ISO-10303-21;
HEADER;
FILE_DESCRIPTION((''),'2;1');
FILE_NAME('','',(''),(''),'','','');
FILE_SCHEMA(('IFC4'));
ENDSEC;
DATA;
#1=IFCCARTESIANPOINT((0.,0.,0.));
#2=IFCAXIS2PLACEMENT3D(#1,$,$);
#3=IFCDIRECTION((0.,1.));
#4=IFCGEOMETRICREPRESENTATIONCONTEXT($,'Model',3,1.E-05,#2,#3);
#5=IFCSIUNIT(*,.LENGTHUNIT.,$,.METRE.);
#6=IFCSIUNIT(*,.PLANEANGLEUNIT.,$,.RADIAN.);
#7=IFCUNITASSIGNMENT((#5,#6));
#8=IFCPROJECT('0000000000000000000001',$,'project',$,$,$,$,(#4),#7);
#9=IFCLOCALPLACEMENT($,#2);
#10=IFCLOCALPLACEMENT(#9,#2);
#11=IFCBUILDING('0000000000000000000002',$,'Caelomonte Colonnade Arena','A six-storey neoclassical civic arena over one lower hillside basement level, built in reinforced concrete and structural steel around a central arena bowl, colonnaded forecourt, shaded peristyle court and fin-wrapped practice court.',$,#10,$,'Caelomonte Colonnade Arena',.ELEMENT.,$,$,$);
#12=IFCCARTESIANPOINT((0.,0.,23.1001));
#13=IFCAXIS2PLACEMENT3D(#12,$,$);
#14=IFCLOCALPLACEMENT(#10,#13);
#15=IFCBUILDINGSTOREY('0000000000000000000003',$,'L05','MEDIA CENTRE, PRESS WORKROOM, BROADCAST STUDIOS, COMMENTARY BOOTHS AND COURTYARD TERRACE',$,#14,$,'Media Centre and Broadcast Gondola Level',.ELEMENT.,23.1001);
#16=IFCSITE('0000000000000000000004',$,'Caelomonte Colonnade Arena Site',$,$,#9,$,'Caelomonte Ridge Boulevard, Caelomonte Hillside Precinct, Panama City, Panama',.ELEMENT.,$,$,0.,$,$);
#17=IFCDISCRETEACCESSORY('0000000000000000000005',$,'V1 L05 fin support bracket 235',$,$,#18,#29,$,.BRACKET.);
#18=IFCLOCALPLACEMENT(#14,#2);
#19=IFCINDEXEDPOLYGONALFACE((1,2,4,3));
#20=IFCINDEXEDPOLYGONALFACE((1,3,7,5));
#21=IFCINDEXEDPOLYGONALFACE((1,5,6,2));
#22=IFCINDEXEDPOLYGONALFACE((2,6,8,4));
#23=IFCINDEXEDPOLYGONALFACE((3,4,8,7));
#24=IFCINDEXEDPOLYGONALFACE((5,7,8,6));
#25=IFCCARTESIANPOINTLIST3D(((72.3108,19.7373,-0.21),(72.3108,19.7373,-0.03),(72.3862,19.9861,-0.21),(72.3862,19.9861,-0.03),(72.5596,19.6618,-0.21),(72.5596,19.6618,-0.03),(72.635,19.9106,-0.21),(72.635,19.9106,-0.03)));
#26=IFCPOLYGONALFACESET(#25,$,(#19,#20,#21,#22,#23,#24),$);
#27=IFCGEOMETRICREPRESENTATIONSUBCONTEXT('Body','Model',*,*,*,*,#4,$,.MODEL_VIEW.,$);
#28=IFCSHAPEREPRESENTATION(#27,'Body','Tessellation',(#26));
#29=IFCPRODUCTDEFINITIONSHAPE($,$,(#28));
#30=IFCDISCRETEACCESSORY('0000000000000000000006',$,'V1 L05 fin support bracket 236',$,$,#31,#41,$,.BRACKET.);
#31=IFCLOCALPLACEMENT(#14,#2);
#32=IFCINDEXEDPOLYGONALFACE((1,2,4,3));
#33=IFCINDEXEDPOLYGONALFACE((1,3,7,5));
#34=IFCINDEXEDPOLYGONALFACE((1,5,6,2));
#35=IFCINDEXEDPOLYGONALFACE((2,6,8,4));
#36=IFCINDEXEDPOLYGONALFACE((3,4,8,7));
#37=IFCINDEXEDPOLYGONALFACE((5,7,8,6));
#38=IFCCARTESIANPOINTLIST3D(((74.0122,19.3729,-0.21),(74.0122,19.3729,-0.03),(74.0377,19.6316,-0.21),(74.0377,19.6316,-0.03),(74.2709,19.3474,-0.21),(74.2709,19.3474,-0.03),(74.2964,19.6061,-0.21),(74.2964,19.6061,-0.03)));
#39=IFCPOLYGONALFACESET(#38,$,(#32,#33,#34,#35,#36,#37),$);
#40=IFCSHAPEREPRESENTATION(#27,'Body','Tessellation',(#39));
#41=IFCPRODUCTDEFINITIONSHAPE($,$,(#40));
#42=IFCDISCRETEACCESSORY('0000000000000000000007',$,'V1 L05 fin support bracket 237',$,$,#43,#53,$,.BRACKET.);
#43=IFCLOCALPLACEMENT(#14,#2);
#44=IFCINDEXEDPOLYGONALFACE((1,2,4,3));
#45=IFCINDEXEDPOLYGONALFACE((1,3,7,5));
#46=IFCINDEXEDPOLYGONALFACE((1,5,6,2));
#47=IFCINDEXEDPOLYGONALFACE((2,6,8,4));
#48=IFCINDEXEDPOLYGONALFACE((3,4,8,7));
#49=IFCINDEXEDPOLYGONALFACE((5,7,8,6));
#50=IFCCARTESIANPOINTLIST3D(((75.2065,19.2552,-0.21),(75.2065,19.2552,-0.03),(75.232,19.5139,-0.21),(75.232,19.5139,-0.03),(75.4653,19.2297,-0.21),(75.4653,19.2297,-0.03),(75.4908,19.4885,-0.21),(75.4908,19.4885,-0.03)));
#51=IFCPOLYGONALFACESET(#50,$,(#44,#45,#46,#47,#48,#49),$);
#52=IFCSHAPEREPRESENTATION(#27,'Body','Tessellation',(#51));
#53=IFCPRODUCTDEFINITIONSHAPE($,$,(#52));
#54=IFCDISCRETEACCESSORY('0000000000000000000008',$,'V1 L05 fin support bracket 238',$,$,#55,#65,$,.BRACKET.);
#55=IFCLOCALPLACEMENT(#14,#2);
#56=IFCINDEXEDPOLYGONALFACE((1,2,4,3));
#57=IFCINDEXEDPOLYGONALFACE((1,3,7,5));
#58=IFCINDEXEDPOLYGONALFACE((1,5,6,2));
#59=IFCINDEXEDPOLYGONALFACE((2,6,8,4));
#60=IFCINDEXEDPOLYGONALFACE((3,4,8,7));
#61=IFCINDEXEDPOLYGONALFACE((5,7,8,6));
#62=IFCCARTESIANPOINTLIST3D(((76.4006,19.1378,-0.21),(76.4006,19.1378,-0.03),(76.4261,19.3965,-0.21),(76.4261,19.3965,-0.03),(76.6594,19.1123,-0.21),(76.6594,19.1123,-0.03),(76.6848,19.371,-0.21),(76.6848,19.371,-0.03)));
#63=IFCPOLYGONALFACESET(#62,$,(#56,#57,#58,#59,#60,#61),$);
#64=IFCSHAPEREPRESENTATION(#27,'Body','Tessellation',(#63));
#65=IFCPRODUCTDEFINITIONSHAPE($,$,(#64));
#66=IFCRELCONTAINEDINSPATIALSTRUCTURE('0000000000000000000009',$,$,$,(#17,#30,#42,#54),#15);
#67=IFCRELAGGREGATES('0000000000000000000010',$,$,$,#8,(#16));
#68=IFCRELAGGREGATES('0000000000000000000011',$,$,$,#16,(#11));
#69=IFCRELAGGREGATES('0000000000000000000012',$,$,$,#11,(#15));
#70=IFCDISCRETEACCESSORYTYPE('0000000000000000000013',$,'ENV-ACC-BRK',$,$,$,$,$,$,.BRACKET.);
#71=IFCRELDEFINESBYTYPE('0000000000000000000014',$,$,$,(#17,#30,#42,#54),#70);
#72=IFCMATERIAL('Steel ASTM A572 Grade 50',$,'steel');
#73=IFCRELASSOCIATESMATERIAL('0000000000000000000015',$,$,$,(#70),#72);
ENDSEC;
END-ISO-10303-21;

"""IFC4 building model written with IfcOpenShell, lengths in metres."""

from ifc_helpers import new_model, si_unit, direction, frame, origin, origin_2d, place, context, subcontext, project, spatial, rectangle, extrude, material, type_object, element, save


model = new_model("IFC4")

# Units and contexts
model_context = context("Model", 3, precision=1e-05, world=origin(), true_north=direction((0.0, 1.0)))
body_context = subcontext(model_context, "Body", "Model", "MODEL_VIEW")
ifc_project = project(units=[si_unit("LENGTHUNIT", "METRE"), si_unit("PLANEANGLEUNIT", "RADIAN")], contexts=[model_context])

# Site, building, storey
site_placement = place(None, origin())
site = spatial("IfcSite", under=ifc_project, at=site_placement, Name="Caelomonte Colonnade Arena Site", LongName="Caelomonte Ridge Boulevard, Caelomonte Hillside Precinct, Panama City, Panama", CompositionType="ELEMENT", RefElevation=0.0)
building_placement = place(site_placement, origin())
building = spatial("IfcBuilding", under=site, at=building_placement, Name="Caelomonte Colonnade Arena", Description="A six-storey neoclassical civic arena over one lower hillside basement level, built in reinforced concrete and structural steel around a central arena bowl, colonnaded forecourt, shaded peristyle court and fin-wrapped practice court.", LongName="Caelomonte Colonnade Arena", CompositionType="ELEMENT")
storey_placement = place(building_placement, frame((0.0, 0.0, 23.1001)))
storey = spatial("IfcBuildingStorey", under=building, at=storey_placement, Name="L05", Description="MEDIA CENTRE, PRESS WORKROOM, BROADCAST STUDIOS, COMMENTARY BOOTHS AND COURTYARD TERRACE", LongName="Media Centre and Broadcast Gondola Level", CompositionType="ELEMENT", Elevation=23.1001)

# Discrete accessories
ifc_material_1 = material(Name="Steel ASTM A572 Grade 50", Category="steel")
discrete_accessory_type = type_object("IfcDiscreteAccessoryType", Name="ENV-ACC-BRK", PredefinedType="BRACKET", material=ifc_material_1)
for number, where, z_axis, x_axis, name in (
    (1, (72.4729, 19.824, -0.21), (0.0, 0.0, 1.0), (0.956943, -0.290276, 0.0), "V1 L05 fin support bracket 235"),
    (2, (74.1543, 19.4895, -0.21), (0.0, 0.0, 1.0), (0.995185, -0.098015, 0.0), "V1 L05 fin support bracket 236"),
    (3, (75.3486, 19.3718, -0.21), (0.0, 0.0, 1.0), (0.995185, -0.098015, 0.0), "V1 L05 fin support bracket 237"),
    (4, (76.5427, 19.2544, -0.21), (0.0, 0.0, 1.0), (0.995185, -0.098015, 0.0), "V1 L05 fin support bracket 238"),
):
    element("IfcDiscreteAccessory", number, at=place(storey_placement, frame(where, z_axis=z_axis, x_axis=x_axis)), inside=storey, type_object=discrete_accessory_type, Name=name, PredefinedType="BRACKET", context=body_context, shape_type="SweptSolid", body=[
        extrude(rectangle(XDim=0.26, YDim=0.26, at=origin_2d()), origin(), (0.0, 0.0, 1.0), 0.1799),
    ])

save(model, "model.ifc")
